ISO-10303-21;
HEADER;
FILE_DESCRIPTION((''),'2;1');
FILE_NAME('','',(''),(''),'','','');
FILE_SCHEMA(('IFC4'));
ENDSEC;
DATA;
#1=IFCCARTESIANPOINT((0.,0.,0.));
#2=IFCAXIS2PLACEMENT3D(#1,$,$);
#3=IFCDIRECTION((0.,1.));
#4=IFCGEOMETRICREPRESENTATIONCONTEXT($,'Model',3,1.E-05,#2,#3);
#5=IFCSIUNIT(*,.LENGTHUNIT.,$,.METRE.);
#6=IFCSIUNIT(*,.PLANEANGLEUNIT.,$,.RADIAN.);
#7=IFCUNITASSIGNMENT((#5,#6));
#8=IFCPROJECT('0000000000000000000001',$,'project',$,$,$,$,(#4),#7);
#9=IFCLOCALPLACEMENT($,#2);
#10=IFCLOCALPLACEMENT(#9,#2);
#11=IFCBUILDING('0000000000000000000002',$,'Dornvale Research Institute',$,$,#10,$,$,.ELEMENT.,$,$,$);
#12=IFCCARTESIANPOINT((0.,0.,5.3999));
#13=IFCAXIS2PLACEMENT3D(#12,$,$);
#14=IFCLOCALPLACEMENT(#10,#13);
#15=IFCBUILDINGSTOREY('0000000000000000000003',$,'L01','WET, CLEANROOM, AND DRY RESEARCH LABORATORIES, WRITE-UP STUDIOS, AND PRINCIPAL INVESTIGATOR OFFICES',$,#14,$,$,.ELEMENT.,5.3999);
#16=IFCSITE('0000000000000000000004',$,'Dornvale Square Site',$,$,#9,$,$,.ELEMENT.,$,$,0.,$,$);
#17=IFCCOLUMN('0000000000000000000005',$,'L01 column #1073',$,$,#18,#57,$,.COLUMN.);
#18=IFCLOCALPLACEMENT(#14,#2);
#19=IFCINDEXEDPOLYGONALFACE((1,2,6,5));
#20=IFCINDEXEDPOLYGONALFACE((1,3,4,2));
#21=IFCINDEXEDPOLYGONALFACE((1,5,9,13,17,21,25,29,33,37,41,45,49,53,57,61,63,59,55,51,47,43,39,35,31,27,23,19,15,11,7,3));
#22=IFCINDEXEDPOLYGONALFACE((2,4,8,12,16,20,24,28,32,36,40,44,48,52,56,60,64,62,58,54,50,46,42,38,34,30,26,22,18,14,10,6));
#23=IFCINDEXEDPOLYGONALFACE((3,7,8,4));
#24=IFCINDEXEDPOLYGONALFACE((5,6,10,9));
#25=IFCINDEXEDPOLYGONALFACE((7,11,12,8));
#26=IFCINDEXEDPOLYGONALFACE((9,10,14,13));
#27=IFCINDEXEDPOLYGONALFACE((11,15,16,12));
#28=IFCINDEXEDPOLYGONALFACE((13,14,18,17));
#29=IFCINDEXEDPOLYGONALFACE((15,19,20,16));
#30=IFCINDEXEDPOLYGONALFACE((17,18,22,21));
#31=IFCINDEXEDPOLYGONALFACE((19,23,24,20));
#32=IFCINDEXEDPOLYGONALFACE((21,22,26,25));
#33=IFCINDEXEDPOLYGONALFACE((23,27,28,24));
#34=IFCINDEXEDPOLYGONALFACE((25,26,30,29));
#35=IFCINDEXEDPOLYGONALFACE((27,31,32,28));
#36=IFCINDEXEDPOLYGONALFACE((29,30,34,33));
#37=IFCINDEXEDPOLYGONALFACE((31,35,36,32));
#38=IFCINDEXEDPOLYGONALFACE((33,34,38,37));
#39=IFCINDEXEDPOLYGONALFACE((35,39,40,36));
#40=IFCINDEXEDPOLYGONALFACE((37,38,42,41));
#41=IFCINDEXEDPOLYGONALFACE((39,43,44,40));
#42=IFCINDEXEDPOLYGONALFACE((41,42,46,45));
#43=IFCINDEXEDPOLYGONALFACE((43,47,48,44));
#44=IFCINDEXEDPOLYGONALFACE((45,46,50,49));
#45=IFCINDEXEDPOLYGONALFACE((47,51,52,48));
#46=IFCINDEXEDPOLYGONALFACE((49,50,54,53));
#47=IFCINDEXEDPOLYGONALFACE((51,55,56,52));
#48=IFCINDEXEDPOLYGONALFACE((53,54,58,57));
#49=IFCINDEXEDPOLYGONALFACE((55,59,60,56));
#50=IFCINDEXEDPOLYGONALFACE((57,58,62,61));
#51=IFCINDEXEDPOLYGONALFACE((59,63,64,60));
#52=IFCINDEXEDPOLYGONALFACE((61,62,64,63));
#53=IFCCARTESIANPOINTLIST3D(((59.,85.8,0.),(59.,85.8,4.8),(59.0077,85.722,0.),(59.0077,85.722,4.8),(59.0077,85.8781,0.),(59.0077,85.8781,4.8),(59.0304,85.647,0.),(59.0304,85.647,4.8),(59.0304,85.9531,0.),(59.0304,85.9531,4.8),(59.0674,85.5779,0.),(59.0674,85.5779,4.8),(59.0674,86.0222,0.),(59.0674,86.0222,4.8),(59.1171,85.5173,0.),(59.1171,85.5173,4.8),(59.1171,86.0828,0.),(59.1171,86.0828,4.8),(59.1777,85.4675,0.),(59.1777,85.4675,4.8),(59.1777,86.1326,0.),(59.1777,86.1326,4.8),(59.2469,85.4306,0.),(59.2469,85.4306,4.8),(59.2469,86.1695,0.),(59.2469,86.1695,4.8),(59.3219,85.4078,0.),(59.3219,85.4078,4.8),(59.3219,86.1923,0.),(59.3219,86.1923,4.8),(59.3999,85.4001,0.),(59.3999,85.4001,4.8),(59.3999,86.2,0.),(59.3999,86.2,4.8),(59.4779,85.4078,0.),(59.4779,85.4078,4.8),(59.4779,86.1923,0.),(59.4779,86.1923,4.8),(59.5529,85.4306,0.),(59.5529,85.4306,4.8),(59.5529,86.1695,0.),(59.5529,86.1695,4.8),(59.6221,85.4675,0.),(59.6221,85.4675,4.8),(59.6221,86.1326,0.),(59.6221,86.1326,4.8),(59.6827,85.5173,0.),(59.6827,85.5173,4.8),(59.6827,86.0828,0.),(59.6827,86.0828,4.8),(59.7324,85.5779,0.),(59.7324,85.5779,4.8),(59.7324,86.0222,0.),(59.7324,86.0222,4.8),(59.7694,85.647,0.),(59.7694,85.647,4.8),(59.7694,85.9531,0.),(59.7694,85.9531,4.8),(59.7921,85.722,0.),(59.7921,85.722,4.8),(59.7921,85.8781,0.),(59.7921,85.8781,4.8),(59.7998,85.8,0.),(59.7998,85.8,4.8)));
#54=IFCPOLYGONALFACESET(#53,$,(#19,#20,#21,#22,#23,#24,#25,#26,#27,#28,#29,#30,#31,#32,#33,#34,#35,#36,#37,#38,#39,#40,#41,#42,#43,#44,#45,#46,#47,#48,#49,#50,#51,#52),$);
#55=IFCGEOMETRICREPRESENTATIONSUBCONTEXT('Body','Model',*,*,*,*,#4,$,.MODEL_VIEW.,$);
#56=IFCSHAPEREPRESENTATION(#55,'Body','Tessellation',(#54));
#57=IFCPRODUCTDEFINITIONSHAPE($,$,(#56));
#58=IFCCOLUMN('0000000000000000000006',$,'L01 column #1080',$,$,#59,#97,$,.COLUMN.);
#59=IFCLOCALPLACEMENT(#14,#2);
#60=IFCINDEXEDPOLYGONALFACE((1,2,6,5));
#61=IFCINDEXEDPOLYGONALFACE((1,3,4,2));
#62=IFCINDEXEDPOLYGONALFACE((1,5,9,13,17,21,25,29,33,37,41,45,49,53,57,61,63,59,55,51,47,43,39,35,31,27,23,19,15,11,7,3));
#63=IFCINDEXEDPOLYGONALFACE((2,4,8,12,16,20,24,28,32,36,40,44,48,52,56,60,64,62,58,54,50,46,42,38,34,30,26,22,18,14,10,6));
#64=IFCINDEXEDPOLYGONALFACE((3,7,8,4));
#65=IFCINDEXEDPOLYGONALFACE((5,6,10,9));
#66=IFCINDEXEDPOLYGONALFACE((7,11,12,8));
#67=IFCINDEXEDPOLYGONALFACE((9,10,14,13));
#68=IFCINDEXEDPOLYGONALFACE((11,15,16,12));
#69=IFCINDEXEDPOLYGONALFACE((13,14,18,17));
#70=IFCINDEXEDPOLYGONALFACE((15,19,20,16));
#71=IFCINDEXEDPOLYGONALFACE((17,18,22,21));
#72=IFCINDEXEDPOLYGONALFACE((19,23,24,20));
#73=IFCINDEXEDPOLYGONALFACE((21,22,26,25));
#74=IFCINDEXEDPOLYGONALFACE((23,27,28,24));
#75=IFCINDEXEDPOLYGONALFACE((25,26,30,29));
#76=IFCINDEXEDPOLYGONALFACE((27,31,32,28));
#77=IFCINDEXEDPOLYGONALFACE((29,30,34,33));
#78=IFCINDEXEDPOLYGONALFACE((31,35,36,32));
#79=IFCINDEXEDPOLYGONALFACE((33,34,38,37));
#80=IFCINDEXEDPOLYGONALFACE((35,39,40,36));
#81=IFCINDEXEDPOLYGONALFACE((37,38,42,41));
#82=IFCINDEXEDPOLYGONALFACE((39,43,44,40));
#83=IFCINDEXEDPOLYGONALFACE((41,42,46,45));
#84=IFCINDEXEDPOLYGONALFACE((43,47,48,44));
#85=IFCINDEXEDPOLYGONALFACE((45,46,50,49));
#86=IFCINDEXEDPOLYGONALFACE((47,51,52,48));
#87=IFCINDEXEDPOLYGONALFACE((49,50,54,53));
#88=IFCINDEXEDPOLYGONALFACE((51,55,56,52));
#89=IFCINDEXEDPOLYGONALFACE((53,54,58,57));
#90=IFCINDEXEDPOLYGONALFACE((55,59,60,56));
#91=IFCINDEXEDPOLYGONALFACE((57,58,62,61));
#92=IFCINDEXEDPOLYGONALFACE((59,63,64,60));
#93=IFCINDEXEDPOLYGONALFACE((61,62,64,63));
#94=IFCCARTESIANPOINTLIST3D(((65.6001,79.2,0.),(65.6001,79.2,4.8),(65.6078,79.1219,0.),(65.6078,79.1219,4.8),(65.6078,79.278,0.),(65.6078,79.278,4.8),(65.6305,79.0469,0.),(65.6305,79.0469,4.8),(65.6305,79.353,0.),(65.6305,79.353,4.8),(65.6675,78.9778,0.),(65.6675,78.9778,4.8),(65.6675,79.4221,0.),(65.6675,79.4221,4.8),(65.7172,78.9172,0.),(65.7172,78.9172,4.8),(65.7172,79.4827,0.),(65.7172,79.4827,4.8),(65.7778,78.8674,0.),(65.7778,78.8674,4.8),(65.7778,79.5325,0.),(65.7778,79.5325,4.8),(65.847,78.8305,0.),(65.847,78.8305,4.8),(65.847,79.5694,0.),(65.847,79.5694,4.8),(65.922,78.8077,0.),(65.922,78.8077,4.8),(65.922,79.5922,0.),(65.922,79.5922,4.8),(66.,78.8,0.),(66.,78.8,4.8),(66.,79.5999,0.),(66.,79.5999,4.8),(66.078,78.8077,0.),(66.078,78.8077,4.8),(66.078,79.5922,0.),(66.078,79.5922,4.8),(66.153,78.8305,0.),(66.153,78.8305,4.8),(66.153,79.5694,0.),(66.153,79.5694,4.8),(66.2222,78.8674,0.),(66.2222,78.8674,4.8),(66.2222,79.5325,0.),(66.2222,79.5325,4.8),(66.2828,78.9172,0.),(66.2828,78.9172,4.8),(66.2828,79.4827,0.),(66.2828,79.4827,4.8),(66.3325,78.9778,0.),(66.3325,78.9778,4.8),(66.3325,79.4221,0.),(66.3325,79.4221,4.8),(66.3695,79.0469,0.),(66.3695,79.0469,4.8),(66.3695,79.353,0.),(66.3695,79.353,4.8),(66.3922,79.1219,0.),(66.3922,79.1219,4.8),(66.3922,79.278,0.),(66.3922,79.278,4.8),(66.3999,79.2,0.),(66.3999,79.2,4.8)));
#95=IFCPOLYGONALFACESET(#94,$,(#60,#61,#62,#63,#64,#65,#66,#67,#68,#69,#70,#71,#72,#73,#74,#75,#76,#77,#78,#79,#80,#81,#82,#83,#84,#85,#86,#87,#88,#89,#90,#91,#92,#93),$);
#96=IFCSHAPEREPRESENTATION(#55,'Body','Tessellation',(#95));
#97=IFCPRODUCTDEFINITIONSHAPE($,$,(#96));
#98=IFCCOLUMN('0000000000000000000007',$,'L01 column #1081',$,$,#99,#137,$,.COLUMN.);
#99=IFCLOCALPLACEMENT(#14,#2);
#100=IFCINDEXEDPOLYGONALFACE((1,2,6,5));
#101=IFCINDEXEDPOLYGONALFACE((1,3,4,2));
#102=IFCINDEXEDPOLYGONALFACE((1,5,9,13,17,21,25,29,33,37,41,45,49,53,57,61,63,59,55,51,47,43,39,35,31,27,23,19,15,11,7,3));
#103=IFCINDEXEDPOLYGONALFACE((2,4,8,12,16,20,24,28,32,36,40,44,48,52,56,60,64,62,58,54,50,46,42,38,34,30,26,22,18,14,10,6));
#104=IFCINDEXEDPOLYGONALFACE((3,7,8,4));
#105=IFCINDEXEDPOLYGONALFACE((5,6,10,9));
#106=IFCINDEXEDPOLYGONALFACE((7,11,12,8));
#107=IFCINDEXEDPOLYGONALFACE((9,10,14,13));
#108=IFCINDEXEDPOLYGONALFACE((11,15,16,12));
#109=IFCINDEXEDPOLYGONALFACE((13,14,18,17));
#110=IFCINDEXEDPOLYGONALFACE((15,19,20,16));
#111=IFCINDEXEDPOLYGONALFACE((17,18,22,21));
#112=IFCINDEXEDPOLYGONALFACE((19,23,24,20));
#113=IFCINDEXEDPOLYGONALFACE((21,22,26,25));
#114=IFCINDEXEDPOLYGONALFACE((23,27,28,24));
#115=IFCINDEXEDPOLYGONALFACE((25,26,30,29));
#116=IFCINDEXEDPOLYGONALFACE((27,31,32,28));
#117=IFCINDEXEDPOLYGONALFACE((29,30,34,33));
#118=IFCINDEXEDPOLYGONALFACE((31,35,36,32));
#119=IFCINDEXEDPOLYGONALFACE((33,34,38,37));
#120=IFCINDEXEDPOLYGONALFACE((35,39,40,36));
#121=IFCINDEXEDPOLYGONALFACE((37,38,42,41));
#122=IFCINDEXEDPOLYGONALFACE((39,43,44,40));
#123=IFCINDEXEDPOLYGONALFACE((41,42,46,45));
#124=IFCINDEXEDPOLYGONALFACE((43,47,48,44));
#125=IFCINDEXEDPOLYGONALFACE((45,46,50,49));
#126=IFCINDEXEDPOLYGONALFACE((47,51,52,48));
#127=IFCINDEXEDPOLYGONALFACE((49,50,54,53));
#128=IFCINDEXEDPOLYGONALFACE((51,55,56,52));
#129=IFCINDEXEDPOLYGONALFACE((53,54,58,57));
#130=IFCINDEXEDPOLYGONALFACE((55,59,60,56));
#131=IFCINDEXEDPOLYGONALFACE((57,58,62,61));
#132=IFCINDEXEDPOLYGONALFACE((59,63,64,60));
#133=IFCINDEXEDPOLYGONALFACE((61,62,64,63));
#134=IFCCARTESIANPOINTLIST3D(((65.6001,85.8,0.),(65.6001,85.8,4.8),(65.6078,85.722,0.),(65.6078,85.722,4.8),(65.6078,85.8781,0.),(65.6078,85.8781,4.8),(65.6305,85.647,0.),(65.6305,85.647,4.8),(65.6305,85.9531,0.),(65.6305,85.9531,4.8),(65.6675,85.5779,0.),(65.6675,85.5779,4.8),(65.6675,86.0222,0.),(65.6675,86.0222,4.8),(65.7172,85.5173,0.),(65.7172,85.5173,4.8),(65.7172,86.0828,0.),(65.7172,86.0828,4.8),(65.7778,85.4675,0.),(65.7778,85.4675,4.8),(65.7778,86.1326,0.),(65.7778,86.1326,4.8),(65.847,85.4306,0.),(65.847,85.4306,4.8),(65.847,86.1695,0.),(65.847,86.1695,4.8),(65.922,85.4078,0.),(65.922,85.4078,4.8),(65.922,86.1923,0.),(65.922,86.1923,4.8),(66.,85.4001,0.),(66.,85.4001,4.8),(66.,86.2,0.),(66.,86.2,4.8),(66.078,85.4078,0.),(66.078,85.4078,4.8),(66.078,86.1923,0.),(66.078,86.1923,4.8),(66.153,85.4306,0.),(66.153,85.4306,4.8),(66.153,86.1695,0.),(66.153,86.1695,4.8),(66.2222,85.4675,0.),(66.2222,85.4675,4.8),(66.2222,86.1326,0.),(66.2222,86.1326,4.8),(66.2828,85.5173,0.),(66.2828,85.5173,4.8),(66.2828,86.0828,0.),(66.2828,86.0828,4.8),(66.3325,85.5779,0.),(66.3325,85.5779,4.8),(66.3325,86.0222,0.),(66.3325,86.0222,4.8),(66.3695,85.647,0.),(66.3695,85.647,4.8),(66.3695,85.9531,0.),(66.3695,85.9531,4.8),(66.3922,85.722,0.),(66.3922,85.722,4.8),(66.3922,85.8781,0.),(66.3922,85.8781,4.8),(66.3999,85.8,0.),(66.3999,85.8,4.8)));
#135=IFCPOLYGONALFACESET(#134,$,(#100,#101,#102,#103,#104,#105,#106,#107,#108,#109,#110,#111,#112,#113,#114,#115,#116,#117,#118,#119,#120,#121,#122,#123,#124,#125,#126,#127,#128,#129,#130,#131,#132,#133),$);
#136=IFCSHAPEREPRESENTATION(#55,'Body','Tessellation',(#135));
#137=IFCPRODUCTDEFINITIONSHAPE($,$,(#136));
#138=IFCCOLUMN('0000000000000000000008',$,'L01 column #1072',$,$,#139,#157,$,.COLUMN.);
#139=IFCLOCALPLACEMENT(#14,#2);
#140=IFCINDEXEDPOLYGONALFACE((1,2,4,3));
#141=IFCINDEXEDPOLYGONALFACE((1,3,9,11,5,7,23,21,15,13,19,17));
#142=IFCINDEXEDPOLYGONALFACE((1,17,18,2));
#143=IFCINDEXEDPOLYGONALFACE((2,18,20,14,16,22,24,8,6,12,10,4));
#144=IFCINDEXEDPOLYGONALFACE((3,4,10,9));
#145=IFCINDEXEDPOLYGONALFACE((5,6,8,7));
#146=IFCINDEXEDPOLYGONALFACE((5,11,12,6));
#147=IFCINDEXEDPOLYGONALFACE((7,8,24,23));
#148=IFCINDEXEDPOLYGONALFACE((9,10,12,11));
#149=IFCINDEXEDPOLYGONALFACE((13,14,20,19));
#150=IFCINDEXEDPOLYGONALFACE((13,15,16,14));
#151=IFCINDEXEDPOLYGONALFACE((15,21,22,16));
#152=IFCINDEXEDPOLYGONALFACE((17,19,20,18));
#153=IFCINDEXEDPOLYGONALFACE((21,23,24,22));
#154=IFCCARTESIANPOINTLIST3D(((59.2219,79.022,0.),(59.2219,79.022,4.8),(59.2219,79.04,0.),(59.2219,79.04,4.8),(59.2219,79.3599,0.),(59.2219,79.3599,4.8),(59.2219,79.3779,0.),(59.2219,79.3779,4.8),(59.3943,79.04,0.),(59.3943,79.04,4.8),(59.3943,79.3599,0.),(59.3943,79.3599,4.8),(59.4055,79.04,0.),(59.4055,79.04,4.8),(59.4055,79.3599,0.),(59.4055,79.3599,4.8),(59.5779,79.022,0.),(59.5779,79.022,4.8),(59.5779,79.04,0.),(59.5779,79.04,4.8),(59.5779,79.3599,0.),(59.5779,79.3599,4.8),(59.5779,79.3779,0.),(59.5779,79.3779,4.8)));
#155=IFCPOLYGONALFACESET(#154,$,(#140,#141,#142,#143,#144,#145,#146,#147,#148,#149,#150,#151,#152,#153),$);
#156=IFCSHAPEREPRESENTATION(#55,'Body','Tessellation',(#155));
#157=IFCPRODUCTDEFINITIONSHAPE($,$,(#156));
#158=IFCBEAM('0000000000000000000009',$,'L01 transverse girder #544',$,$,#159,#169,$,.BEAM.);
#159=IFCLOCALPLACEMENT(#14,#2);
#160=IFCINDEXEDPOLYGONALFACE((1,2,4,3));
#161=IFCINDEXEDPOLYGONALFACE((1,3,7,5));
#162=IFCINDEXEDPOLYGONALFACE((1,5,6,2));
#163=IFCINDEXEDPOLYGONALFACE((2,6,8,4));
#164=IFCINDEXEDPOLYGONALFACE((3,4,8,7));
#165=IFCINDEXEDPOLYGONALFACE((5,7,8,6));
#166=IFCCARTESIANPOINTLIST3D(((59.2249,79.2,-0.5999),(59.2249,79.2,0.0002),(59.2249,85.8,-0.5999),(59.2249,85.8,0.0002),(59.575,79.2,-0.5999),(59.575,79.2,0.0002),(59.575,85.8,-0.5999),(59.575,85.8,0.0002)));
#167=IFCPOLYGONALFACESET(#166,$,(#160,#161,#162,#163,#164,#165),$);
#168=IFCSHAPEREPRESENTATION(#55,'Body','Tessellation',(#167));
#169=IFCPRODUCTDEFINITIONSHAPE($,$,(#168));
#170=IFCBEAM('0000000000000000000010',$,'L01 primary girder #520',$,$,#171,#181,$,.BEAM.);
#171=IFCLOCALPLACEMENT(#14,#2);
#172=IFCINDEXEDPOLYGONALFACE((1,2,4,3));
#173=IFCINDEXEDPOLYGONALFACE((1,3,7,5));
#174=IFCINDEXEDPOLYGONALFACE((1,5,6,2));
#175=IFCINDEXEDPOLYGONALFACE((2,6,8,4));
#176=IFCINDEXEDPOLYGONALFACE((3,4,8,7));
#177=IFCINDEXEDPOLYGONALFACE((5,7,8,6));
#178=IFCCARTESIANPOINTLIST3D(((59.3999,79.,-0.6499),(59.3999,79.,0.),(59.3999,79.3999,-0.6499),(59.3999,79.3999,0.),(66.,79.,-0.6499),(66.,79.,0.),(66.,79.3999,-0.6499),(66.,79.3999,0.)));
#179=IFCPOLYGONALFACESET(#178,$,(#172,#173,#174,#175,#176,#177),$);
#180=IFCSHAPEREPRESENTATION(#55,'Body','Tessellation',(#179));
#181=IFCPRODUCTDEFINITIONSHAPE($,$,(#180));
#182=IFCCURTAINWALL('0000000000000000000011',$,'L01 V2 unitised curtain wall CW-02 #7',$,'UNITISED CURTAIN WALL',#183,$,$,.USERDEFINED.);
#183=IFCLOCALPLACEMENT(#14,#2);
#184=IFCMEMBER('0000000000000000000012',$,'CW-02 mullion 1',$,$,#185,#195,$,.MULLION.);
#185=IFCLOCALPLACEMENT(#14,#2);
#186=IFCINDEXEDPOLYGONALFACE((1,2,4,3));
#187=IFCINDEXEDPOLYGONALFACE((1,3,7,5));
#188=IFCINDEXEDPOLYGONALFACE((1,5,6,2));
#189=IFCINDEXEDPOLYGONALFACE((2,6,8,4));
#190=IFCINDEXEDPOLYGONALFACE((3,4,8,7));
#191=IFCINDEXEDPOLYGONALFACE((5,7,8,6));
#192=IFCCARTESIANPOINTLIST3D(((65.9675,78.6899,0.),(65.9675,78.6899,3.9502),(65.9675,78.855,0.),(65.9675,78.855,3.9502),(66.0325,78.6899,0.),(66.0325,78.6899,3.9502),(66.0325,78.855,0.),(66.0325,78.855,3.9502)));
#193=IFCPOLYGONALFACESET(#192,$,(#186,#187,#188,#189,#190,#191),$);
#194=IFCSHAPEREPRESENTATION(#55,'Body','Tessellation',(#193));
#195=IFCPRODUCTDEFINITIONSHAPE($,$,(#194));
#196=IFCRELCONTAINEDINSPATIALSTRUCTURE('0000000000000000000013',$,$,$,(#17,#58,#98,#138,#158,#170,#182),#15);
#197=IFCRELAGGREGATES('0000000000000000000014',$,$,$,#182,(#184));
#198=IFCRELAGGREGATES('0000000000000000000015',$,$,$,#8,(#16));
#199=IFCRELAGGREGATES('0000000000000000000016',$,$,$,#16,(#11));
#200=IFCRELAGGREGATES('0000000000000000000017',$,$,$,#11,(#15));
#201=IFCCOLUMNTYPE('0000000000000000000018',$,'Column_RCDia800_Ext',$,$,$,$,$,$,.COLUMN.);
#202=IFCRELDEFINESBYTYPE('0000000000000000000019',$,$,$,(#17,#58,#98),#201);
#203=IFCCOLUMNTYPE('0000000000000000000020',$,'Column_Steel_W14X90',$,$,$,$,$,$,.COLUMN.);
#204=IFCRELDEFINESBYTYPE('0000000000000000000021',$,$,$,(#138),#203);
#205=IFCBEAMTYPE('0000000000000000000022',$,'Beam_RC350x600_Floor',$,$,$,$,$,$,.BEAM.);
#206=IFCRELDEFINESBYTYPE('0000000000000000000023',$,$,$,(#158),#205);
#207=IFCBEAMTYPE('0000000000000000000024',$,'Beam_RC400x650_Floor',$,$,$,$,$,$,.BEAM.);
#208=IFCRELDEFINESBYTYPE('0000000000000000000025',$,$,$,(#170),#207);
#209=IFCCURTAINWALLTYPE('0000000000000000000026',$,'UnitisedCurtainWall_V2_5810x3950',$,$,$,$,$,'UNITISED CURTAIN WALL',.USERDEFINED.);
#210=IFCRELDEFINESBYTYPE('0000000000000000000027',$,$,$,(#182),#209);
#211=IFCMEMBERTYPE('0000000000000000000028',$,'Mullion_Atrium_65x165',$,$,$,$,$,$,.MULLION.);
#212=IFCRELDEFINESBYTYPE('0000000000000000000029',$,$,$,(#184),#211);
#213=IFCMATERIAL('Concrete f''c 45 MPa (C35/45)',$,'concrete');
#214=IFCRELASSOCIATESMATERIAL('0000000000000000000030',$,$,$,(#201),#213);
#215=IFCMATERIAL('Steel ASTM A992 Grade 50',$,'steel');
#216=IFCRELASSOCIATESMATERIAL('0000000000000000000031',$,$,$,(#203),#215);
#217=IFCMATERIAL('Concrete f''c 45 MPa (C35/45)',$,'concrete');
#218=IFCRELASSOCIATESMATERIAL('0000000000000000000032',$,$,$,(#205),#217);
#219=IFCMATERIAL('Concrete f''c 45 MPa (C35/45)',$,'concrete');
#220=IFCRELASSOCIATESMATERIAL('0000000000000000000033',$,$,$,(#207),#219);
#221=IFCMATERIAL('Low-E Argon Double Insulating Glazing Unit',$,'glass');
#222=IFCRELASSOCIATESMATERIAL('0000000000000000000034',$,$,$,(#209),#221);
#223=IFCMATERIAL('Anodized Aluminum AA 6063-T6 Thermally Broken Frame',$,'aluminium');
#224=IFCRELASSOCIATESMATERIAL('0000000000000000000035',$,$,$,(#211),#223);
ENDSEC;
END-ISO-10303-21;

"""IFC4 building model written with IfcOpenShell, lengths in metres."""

from ifc_helpers import new_model, si_unit, direction, frame, origin, origin_2d, place, context, subcontext, project, spatial, rectangle, circle, i_section, extrude, material, material_profile, profile_set, type_object, element, aggregate, save


model = new_model("IFC4")

# Units and contexts
model_context = context("Model", 3, precision=1e-05, world=origin(), true_north=direction((0.0, 1.0)))
body_context = subcontext(model_context, "Body", "Model", "MODEL_VIEW")
ifc_project = project(units=[si_unit("LENGTHUNIT", "METRE"), si_unit("PLANEANGLEUNIT", "RADIAN")], contexts=[model_context])

# Site, building, storey
site_placement = place(None, origin())
site = spatial("IfcSite", under=ifc_project, at=site_placement, Name="Dornvale Square Site", CompositionType="ELEMENT", RefElevation=0.0)
building_placement = place(site_placement, origin())
building = spatial("IfcBuilding", under=site, at=building_placement, Name="Dornvale Research Institute", CompositionType="ELEMENT")
storey_placement = place(building_placement, frame((0.0, 0.0, 5.3999)))
storey = spatial("IfcBuildingStorey", under=building, at=storey_placement, Name="L01", Description="WET, CLEANROOM, AND DRY RESEARCH LABORATORIES, WRITE-UP STUDIOS, AND PRINCIPAL INVESTIGATOR OFFICES", CompositionType="ELEMENT", Elevation=5.3999)

# Columns
ifc_material_1 = material(Name="Concrete f'c 45 MPa (C35/45)", Category="concrete")
ifc_material_profile_1 = material_profile(ifc_material_1, circle(Radius=0.3999, at=origin_2d()), Name="RC DIA 800")
ifc_profile_set_1 = profile_set([ifc_material_profile_1], Name="Concrete f'c 45 MPa (C35/45)")
column_type_1 = type_object("IfcColumnType", Name="Column_RCDia800_Ext", PredefinedType="COLUMN", material=ifc_profile_set_1)
for number, where, z_axis, x_axis, name in (
    (1, (59.3999, 85.8, 0.0), (0.0, 0.0, 1.0), (1.0, 0.0, 0.0), "L01 column #1073"),
    (2, (66.0, 79.2, 0.0), (0.0, 0.0, 1.0), (1.0, 0.0, 0.0), "L01 column #1080"),
    (3, (66.0, 85.8, 0.0), (0.0, 0.0, 1.0), (1.0, 0.0, 0.0), "L01 column #1081"),
):
    element("IfcColumn", number, at=place(storey_placement, frame(where, z_axis=z_axis, x_axis=x_axis)), inside=storey, type_object=column_type_1, Name=name, PredefinedType="COLUMN", context=body_context, shape_type="SweptSolid", body=[
        extrude(circle(Radius=0.3999, at=origin_2d()), origin(), (0.0, 0.0, 1.0), 4.8),
    ])
ifc_material_2 = material(Name="Steel ASTM A992 Grade 50", Category="steel")
ifc_material_profile_2 = material_profile(ifc_material_2, i_section(OverallWidth=0.356, OverallDepth=0.356, WebThickness=0.0112, FlangeThickness=0.0181, at=origin_2d()), Name="W14X90")
ifc_profile_set_2 = profile_set([ifc_material_profile_2], Name="Steel ASTM A992 Grade 50")
column_type_2 = type_object("IfcColumnType", Name="Column_Steel_W14X90", PredefinedType="COLUMN", material=ifc_profile_set_2)
column_placement = place(storey_placement, frame((59.3999, 79.2, 0.0), z_axis=(0.0, 0.0, 1.0), x_axis=(1.0, 0.0, 0.0)))
element("IfcColumn", 4, at=column_placement, inside=storey, type_object=column_type_2, Name="L01 column #1072", PredefinedType="COLUMN", context=body_context, shape_type="SweptSolid", body=[
    extrude(i_section(OverallWidth=0.356, OverallDepth=0.356, WebThickness=0.0112, FlangeThickness=0.0181, at=origin_2d()), origin(), (0.0, 0.0, 1.0), 4.8),
])

# Beams
ifc_material_3 = material(Name="Concrete f'c 45 MPa (C35/45)", Category="concrete")
ifc_material_profile_3 = material_profile(ifc_material_3, rectangle(XDim=0.3501, YDim=0.6001, at=origin_2d()), Name="RC 350x600")
ifc_profile_set_3 = profile_set([ifc_material_profile_3], Name="Concrete f'c 45 MPa (C35/45)")
beam_type_1 = type_object("IfcBeamType", Name="Beam_RC350x600_Floor", PredefinedType="BEAM", material=ifc_profile_set_3)
beam_1_placement = place(storey_placement, frame((59.3999, 79.2, -0.2998), z_axis=(0.0, 1.0, 0.0), x_axis=(-1.0, 0.0, 0.0)))
element("IfcBeam", 5, at=beam_1_placement, inside=storey, type_object=beam_type_1, Name="L01 transverse girder #544", PredefinedType="BEAM", context=body_context, shape_type="SweptSolid", body=[
    extrude(rectangle(XDim=0.3501, YDim=0.6001, at=origin_2d()), origin(), (0.0, 0.0, 1.0), 6.6001),
])
ifc_material_4 = material(Name="Concrete f'c 45 MPa (C35/45)", Category="concrete")
ifc_material_profile_4 = material_profile(ifc_material_4, rectangle(XDim=0.3999, YDim=0.6499, at=origin_2d()), Name="RC 400x650")
ifc_profile_set_4 = profile_set([ifc_material_profile_4], Name="Concrete f'c 45 MPa (C35/45)")
beam_type_2 = type_object("IfcBeamType", Name="Beam_RC400x650_Floor", PredefinedType="BEAM", material=ifc_profile_set_4)
beam_2_placement = place(storey_placement, frame((59.3999, 79.2, -0.325), z_axis=(1.0, 0.0, 0.0), x_axis=(0.0, 1.0, 0.0)))
element("IfcBeam", 6, at=beam_2_placement, inside=storey, type_object=beam_type_2, Name="L01 primary girder #520", PredefinedType="BEAM", context=body_context, shape_type="SweptSolid", body=[
    extrude(rectangle(XDim=0.3999, YDim=0.6499, at=origin_2d()), origin(), (0.0, 0.0, 1.0), 6.6001),
])

# Curtain wall, member
ifc_material_5 = material(Name="Low-E Argon Double Insulating Glazing Unit", Category="glass")
curtain_wall_type = type_object("IfcCurtainWallType", Name="UnitisedCurtainWall_V2_5810x3950", ElementType="UNITISED CURTAIN WALL", PredefinedType="USERDEFINED", material=ifc_material_5)
curtain_wall_placement = place(storey_placement, origin())
curtain_wall = element("IfcCurtainWall", 7, at=curtain_wall_placement, inside=storey, type_object=curtain_wall_type, Name="L01 V2 unitised curtain wall CW-02 #7", ObjectType="UNITISED CURTAIN WALL", PredefinedType="USERDEFINED")
ifc_material_6 = material(Name="Anodized Aluminum AA 6063-T6 Thermally Broken Frame", Category="aluminium")
ifc_material_profile_5 = material_profile(ifc_material_6, rectangle(XDim=0.0649, YDim=0.165, at=origin_2d()), Name="ALU MULLION 65x165")
ifc_profile_set_5 = profile_set([ifc_material_profile_5], Name="Anodized Aluminum AA 6063-T6 Thermally Broken Frame")
member_type_1 = type_object("IfcMemberType", Name="Mullion_Atrium_65x165", PredefinedType="MULLION", material=ifc_profile_set_5)
member_1_placement = place(storey_placement, frame((66.0, 78.7725, 0.0), z_axis=(0.0, 0.0, 1.0), x_axis=(1.0, 0.0, 0.0)))
member_1 = element("IfcMember", 8, at=member_1_placement, type_object=member_type_1, Name="CW-02 mullion 1", PredefinedType="MULLION", context=body_context, shape_type="SweptSolid", body=[
    extrude(rectangle(XDim=0.0649, YDim=0.165, at=origin_2d()), origin(), (0.0, 0.0, 1.0), 3.9502),
])

aggregate(curtain_wall, [member_1])

save(model, "model.ifc")
